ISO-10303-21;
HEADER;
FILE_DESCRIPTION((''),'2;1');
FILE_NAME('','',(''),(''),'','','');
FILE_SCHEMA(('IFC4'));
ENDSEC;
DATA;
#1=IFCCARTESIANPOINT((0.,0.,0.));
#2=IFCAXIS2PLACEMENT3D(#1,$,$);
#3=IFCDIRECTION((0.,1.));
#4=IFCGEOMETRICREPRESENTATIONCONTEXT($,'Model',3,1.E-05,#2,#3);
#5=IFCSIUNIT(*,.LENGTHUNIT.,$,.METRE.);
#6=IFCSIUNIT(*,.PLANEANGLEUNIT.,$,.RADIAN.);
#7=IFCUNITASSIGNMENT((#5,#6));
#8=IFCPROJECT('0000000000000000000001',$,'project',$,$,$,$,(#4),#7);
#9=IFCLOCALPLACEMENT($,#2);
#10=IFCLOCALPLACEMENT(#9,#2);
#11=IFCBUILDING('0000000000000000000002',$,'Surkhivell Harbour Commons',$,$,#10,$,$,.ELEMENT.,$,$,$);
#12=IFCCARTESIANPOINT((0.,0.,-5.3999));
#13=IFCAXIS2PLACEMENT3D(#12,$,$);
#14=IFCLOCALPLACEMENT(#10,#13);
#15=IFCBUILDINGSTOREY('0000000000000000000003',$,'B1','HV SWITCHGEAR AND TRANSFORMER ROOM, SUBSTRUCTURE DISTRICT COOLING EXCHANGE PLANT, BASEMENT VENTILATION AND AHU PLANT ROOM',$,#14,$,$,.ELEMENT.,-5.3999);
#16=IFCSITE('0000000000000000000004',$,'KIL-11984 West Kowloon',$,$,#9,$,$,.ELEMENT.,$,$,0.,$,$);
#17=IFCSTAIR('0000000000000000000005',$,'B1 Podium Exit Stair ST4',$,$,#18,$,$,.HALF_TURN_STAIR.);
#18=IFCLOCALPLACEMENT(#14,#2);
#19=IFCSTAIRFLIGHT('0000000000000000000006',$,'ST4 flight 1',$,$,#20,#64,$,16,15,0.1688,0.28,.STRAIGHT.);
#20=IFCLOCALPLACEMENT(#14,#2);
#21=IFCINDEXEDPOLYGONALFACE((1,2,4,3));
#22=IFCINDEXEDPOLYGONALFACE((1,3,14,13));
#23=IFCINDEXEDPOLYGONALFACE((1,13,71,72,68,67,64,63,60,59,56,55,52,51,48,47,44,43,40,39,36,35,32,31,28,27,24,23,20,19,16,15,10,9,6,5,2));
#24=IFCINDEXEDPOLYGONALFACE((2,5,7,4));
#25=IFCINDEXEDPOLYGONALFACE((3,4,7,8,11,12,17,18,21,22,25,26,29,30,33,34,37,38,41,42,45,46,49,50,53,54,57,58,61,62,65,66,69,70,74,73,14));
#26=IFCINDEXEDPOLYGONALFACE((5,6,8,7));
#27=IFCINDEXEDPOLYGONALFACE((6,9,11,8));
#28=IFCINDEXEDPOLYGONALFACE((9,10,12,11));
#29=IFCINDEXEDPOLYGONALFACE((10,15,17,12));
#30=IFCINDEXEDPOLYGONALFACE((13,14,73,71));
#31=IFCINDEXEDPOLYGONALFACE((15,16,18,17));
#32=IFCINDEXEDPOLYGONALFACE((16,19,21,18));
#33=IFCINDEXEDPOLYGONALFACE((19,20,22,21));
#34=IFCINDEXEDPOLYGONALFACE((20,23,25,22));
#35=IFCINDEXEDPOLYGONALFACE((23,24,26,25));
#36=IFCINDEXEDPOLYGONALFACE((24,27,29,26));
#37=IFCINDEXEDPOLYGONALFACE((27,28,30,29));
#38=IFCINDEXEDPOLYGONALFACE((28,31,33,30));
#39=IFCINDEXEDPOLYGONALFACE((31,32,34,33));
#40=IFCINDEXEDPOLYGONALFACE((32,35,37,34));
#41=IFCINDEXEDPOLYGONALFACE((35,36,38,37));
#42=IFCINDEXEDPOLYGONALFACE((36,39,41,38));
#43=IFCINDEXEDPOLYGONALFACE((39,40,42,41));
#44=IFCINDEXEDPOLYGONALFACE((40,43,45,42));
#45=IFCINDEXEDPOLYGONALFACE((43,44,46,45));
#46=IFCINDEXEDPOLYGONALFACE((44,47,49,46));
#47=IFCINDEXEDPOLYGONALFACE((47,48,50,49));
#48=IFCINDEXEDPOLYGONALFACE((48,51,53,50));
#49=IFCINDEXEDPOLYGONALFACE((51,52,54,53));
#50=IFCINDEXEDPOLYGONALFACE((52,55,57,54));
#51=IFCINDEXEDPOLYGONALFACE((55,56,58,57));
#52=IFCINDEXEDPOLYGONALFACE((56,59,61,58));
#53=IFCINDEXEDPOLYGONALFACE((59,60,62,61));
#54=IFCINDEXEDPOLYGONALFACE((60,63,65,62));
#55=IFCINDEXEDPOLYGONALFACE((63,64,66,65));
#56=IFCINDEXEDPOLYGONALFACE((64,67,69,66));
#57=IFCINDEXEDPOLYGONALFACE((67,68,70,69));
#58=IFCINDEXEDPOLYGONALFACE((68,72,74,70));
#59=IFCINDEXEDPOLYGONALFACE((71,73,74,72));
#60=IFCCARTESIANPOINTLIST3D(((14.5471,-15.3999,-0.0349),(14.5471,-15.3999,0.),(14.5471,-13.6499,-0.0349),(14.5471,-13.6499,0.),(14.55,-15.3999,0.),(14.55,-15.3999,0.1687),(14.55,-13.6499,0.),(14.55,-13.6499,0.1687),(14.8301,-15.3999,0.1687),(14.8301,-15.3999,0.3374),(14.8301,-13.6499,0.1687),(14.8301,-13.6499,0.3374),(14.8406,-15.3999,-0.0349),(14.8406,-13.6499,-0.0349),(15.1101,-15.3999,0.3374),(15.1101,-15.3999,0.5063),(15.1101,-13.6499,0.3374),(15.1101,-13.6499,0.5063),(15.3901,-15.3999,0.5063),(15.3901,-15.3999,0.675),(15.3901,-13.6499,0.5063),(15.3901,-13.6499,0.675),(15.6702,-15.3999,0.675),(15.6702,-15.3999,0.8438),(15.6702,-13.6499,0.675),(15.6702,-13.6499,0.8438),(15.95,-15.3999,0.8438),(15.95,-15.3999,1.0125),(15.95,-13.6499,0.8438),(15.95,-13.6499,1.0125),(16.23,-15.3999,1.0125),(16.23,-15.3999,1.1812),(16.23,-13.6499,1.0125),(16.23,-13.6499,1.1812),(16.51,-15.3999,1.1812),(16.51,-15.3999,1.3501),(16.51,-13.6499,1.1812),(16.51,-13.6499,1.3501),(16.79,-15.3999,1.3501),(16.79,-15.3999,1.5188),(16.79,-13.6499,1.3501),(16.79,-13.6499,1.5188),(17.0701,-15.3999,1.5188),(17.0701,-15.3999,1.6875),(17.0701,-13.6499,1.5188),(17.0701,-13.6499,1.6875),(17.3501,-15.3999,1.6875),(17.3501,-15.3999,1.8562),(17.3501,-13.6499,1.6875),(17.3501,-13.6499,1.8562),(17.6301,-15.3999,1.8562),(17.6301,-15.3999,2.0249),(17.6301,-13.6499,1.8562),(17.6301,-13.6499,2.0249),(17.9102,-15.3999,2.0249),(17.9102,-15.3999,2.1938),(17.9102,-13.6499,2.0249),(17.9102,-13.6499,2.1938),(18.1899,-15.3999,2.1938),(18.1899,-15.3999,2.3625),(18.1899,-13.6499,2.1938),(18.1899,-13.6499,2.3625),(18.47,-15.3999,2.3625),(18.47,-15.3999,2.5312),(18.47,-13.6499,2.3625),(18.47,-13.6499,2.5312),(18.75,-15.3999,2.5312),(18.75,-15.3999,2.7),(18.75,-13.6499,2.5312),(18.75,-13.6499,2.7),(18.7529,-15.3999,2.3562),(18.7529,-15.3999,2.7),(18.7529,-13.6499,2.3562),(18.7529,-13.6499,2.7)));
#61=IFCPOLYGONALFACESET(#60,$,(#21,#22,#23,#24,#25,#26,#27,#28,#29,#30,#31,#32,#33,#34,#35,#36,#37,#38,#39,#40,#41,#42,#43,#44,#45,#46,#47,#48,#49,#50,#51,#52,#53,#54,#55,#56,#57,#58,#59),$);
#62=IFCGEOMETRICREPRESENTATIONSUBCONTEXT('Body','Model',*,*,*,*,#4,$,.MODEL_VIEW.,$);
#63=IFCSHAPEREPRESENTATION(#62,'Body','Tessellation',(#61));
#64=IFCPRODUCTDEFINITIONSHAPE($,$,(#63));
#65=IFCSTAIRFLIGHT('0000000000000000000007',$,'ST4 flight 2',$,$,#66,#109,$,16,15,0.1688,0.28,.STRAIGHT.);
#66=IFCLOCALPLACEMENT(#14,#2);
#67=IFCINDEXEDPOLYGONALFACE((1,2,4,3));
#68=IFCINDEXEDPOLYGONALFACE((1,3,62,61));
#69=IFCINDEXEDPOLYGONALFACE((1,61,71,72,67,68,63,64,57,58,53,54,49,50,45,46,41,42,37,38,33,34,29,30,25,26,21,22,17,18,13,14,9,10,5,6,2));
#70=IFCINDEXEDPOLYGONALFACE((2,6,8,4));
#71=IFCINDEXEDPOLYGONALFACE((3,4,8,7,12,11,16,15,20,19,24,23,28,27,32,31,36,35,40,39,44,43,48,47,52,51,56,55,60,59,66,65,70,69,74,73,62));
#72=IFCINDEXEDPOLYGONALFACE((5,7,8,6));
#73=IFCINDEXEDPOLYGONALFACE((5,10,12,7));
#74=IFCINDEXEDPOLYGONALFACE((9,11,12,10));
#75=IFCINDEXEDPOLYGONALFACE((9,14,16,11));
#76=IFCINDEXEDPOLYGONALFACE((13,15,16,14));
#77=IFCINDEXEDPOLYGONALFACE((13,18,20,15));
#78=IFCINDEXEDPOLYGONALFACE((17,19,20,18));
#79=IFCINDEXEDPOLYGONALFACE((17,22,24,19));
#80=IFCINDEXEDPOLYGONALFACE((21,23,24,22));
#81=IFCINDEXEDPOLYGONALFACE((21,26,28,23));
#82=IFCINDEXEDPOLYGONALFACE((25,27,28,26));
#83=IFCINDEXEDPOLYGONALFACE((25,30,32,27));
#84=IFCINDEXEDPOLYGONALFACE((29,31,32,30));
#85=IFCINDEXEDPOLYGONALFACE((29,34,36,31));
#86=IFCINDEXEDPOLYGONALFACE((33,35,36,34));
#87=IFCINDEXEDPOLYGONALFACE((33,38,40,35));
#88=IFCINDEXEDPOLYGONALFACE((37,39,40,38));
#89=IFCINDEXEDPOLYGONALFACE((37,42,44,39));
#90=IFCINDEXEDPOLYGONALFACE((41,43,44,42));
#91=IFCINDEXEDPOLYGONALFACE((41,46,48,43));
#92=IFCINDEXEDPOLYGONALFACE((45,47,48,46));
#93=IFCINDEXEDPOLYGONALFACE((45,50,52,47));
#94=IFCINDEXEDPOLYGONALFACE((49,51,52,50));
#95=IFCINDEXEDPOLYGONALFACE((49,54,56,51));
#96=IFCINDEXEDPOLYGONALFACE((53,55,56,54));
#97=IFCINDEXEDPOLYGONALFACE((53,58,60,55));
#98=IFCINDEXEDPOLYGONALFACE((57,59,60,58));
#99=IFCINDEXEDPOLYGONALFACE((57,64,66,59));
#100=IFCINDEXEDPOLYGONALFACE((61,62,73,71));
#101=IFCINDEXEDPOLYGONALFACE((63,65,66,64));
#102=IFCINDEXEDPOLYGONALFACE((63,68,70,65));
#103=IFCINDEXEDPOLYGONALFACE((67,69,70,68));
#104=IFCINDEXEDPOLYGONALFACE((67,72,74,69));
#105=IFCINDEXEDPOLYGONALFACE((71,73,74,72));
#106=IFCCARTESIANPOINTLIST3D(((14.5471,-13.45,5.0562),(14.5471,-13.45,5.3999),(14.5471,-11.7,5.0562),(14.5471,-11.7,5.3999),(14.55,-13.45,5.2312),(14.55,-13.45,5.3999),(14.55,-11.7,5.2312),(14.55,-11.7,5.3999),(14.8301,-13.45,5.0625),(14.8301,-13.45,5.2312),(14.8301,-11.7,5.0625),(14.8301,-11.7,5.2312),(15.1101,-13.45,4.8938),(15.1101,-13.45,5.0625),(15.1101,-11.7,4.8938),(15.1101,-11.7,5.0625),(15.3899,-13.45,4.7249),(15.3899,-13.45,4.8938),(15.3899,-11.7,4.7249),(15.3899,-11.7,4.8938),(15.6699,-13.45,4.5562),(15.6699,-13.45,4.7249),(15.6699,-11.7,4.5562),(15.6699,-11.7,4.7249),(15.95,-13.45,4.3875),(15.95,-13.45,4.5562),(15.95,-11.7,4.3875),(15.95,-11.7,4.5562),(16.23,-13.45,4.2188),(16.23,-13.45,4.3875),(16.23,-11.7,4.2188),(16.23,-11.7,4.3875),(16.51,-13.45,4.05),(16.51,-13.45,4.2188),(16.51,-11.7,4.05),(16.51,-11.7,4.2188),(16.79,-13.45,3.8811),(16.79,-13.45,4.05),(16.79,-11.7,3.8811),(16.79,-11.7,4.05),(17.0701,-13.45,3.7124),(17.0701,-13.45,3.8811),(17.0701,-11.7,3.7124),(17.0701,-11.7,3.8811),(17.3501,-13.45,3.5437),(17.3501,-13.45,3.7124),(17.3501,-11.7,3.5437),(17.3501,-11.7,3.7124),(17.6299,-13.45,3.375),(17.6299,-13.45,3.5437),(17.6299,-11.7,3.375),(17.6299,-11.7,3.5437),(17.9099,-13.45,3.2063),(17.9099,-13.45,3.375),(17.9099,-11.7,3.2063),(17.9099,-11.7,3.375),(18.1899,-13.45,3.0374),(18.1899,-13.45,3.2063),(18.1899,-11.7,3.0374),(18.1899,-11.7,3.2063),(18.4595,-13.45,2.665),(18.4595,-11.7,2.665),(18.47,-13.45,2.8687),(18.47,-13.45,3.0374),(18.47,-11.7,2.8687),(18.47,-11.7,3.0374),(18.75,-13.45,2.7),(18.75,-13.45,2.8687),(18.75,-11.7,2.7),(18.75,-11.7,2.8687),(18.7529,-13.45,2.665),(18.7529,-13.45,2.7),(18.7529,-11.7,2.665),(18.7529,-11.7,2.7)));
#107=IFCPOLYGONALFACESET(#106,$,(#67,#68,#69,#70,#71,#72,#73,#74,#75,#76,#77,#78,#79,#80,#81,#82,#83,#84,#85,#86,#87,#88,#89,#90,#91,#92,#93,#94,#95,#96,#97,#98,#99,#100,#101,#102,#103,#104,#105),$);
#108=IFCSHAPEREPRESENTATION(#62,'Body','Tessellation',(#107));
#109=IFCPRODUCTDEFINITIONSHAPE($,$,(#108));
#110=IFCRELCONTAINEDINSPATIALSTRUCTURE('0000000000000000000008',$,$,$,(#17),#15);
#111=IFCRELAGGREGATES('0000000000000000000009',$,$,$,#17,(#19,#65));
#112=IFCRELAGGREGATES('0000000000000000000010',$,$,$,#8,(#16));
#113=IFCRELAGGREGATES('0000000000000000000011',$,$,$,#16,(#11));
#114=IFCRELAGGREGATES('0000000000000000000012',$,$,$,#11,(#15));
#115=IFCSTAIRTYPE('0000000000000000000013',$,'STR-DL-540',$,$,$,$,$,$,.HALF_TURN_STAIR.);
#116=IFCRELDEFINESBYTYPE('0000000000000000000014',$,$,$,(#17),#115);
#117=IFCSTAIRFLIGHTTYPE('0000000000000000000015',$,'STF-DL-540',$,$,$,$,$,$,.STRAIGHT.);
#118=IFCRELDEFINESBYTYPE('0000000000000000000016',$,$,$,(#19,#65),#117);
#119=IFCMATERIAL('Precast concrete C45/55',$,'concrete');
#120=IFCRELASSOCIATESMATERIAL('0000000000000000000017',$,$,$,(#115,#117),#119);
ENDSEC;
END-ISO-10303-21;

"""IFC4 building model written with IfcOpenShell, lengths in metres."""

from ifc_helpers import new_model, si_unit, direction, frame, origin, place, context, subcontext, project, spatial, polyline, outline, extrude, material, type_object, element, aggregate, save


model = new_model("IFC4")

# Units and contexts
model_context = context("Model", 3, precision=1e-05, world=origin(), true_north=direction((0.0, 1.0)))
body_context = subcontext(model_context, "Body", "Model", "MODEL_VIEW")
ifc_project = project(units=[si_unit("LENGTHUNIT", "METRE"), si_unit("PLANEANGLEUNIT", "RADIAN")], contexts=[model_context])

# Site, building, storey
site_placement = place(None, origin())
site = spatial("IfcSite", under=ifc_project, at=site_placement, Name="KIL-11984 West Kowloon", CompositionType="ELEMENT", RefElevation=0.0)
building_placement = place(site_placement, origin())
building = spatial("IfcBuilding", under=site, at=building_placement, Name="Surkhivell Harbour Commons", CompositionType="ELEMENT")
storey_placement = place(building_placement, frame((0.0, 0.0, -5.3999)))
storey = spatial("IfcBuildingStorey", under=building, at=storey_placement, Name="B1", Description="HV SWITCHGEAR AND TRANSFORMER ROOM, SUBSTRUCTURE DISTRICT COOLING EXCHANGE PLANT, BASEMENT VENTILATION AND AHU PLANT ROOM", CompositionType="ELEMENT", Elevation=-5.3999)

# Stair, stair flights
ifc_material_1 = material(Name="Precast concrete C45/55", Category="concrete")
stair_type = type_object("IfcStairType", Name="STR-DL-540", PredefinedType="HALF_TURN_STAIR", material=ifc_material_1)
stair_placement = place(storey_placement, origin())
stair = element("IfcStair", 1, at=stair_placement, inside=storey, type_object=stair_type, Name="B1 Podium Exit Stair ST4", PredefinedType="HALF_TURN_STAIR")
stair_flight_type = type_object("IfcStairFlightType", Name="STF-DL-540", PredefinedType="STRAIGHT", material=ifc_material_1)
stair_flight_1_placement = place(storey_placement, frame((14.55, -14.5249, 0.0), z_axis=(0.0, 0.0, 1.0), x_axis=(1.0, 0.0, 0.0)))
stair_flight_1 = element("IfcStairFlight", 2, at=stair_flight_1_placement, type_object=stair_flight_type, Name="ST4 flight 1", NumberOfRisers=16, NumberOfTreads=15, PredefinedType="STRAIGHT", RiserHeight=0.1688, TreadLength=0.28, context=body_context, shape_type="SweptSolid", body=[
    extrude(outline(polyline([(-0.0029, -0.0349), (-0.0029, 0.0), (0.0, 0.0), (0.0, 0.1687), (0.28, 0.1687), (0.28, 0.3374), (0.5601, 0.3374), (0.5601, 0.5063), (0.8401, 0.5063), (0.8401, 0.675), (1.1201, 0.675), (1.1201, 0.8438), (1.3999, 0.8438), (1.3999, 1.0125), (1.6799, 1.0125), (1.6799, 1.1812), (1.96, 1.1812), (1.96, 1.3501), (2.24, 1.3501), (2.24, 1.5188), (2.52, 1.5188), (2.52, 1.6875), (2.8, 1.6875), (2.8, 1.8562), (3.0801, 1.8562), (3.0801, 2.0249), (3.3601, 2.0249), (3.3601, 2.1938), (3.6399, 2.1938), (3.6399, 2.3625), (3.9199, 2.3625), (3.9199, 2.5312), (4.2, 2.5312), (4.2, 2.7), (4.2029, 2.7), (4.2029, 2.3562), (0.2905, -0.0349), (-0.0029, -0.0349)])), frame((0.0, 0.875, 0.0), z_axis=(0.0, -1.0, 0.0), x_axis=(1.0, 0.0, 0.0)), (0.0, 0.0, 1.0), 1.75),
])
stair_flight_2_placement = place(storey_placement, frame((18.75, -12.575, 2.7), z_axis=(0.0, 0.0, 1.0), x_axis=(-1.0, 0.0, 0.0)))
stair_flight_2 = element("IfcStairFlight", 3, at=stair_flight_2_placement, type_object=stair_flight_type, Name="ST4 flight 2", NumberOfRisers=16, NumberOfTreads=15, PredefinedType="STRAIGHT", RiserHeight=0.1688, TreadLength=0.28, context=body_context, shape_type="SweptSolid", body=[
    extrude(outline(polyline([(-0.0029, -0.0349), (-0.0029, 0.0), (0.0, 0.0), (0.0, 0.1687), (0.28, 0.1687), (0.28, 0.3374), (0.5601, 0.3374), (0.5601, 0.5063), (0.8401, 0.5063), (0.8401, 0.675), (1.1201, 0.675), (1.1201, 0.8438), (1.3999, 0.8438), (1.3999, 1.0125), (1.6799, 1.0125), (1.6799, 1.1812), (1.96, 1.1812), (1.96, 1.3501), (2.24, 1.3501), (2.24, 1.5188), (2.52, 1.5188), (2.52, 1.6875), (2.8, 1.6875), (2.8, 1.8562), (3.0801, 1.8562), (3.0801, 2.0249), (3.3601, 2.0249), (3.3601, 2.1938), (3.6399, 2.1938), (3.6399, 2.3625), (3.9199, 2.3625), (3.9199, 2.5312), (4.2, 2.5312), (4.2, 2.7), (4.2029, 2.7), (4.2029, 2.3562), (0.2905, -0.0349), (-0.0029, -0.0349)])), frame((0.0, 0.875, 0.0), z_axis=(0.0, -1.0, 0.0), x_axis=(1.0, 0.0, 0.0)), (0.0, 0.0, 1.0), 1.75),
])
aggregate(stair, [stair_flight_1, stair_flight_2])

save(model, "model.ifc")
